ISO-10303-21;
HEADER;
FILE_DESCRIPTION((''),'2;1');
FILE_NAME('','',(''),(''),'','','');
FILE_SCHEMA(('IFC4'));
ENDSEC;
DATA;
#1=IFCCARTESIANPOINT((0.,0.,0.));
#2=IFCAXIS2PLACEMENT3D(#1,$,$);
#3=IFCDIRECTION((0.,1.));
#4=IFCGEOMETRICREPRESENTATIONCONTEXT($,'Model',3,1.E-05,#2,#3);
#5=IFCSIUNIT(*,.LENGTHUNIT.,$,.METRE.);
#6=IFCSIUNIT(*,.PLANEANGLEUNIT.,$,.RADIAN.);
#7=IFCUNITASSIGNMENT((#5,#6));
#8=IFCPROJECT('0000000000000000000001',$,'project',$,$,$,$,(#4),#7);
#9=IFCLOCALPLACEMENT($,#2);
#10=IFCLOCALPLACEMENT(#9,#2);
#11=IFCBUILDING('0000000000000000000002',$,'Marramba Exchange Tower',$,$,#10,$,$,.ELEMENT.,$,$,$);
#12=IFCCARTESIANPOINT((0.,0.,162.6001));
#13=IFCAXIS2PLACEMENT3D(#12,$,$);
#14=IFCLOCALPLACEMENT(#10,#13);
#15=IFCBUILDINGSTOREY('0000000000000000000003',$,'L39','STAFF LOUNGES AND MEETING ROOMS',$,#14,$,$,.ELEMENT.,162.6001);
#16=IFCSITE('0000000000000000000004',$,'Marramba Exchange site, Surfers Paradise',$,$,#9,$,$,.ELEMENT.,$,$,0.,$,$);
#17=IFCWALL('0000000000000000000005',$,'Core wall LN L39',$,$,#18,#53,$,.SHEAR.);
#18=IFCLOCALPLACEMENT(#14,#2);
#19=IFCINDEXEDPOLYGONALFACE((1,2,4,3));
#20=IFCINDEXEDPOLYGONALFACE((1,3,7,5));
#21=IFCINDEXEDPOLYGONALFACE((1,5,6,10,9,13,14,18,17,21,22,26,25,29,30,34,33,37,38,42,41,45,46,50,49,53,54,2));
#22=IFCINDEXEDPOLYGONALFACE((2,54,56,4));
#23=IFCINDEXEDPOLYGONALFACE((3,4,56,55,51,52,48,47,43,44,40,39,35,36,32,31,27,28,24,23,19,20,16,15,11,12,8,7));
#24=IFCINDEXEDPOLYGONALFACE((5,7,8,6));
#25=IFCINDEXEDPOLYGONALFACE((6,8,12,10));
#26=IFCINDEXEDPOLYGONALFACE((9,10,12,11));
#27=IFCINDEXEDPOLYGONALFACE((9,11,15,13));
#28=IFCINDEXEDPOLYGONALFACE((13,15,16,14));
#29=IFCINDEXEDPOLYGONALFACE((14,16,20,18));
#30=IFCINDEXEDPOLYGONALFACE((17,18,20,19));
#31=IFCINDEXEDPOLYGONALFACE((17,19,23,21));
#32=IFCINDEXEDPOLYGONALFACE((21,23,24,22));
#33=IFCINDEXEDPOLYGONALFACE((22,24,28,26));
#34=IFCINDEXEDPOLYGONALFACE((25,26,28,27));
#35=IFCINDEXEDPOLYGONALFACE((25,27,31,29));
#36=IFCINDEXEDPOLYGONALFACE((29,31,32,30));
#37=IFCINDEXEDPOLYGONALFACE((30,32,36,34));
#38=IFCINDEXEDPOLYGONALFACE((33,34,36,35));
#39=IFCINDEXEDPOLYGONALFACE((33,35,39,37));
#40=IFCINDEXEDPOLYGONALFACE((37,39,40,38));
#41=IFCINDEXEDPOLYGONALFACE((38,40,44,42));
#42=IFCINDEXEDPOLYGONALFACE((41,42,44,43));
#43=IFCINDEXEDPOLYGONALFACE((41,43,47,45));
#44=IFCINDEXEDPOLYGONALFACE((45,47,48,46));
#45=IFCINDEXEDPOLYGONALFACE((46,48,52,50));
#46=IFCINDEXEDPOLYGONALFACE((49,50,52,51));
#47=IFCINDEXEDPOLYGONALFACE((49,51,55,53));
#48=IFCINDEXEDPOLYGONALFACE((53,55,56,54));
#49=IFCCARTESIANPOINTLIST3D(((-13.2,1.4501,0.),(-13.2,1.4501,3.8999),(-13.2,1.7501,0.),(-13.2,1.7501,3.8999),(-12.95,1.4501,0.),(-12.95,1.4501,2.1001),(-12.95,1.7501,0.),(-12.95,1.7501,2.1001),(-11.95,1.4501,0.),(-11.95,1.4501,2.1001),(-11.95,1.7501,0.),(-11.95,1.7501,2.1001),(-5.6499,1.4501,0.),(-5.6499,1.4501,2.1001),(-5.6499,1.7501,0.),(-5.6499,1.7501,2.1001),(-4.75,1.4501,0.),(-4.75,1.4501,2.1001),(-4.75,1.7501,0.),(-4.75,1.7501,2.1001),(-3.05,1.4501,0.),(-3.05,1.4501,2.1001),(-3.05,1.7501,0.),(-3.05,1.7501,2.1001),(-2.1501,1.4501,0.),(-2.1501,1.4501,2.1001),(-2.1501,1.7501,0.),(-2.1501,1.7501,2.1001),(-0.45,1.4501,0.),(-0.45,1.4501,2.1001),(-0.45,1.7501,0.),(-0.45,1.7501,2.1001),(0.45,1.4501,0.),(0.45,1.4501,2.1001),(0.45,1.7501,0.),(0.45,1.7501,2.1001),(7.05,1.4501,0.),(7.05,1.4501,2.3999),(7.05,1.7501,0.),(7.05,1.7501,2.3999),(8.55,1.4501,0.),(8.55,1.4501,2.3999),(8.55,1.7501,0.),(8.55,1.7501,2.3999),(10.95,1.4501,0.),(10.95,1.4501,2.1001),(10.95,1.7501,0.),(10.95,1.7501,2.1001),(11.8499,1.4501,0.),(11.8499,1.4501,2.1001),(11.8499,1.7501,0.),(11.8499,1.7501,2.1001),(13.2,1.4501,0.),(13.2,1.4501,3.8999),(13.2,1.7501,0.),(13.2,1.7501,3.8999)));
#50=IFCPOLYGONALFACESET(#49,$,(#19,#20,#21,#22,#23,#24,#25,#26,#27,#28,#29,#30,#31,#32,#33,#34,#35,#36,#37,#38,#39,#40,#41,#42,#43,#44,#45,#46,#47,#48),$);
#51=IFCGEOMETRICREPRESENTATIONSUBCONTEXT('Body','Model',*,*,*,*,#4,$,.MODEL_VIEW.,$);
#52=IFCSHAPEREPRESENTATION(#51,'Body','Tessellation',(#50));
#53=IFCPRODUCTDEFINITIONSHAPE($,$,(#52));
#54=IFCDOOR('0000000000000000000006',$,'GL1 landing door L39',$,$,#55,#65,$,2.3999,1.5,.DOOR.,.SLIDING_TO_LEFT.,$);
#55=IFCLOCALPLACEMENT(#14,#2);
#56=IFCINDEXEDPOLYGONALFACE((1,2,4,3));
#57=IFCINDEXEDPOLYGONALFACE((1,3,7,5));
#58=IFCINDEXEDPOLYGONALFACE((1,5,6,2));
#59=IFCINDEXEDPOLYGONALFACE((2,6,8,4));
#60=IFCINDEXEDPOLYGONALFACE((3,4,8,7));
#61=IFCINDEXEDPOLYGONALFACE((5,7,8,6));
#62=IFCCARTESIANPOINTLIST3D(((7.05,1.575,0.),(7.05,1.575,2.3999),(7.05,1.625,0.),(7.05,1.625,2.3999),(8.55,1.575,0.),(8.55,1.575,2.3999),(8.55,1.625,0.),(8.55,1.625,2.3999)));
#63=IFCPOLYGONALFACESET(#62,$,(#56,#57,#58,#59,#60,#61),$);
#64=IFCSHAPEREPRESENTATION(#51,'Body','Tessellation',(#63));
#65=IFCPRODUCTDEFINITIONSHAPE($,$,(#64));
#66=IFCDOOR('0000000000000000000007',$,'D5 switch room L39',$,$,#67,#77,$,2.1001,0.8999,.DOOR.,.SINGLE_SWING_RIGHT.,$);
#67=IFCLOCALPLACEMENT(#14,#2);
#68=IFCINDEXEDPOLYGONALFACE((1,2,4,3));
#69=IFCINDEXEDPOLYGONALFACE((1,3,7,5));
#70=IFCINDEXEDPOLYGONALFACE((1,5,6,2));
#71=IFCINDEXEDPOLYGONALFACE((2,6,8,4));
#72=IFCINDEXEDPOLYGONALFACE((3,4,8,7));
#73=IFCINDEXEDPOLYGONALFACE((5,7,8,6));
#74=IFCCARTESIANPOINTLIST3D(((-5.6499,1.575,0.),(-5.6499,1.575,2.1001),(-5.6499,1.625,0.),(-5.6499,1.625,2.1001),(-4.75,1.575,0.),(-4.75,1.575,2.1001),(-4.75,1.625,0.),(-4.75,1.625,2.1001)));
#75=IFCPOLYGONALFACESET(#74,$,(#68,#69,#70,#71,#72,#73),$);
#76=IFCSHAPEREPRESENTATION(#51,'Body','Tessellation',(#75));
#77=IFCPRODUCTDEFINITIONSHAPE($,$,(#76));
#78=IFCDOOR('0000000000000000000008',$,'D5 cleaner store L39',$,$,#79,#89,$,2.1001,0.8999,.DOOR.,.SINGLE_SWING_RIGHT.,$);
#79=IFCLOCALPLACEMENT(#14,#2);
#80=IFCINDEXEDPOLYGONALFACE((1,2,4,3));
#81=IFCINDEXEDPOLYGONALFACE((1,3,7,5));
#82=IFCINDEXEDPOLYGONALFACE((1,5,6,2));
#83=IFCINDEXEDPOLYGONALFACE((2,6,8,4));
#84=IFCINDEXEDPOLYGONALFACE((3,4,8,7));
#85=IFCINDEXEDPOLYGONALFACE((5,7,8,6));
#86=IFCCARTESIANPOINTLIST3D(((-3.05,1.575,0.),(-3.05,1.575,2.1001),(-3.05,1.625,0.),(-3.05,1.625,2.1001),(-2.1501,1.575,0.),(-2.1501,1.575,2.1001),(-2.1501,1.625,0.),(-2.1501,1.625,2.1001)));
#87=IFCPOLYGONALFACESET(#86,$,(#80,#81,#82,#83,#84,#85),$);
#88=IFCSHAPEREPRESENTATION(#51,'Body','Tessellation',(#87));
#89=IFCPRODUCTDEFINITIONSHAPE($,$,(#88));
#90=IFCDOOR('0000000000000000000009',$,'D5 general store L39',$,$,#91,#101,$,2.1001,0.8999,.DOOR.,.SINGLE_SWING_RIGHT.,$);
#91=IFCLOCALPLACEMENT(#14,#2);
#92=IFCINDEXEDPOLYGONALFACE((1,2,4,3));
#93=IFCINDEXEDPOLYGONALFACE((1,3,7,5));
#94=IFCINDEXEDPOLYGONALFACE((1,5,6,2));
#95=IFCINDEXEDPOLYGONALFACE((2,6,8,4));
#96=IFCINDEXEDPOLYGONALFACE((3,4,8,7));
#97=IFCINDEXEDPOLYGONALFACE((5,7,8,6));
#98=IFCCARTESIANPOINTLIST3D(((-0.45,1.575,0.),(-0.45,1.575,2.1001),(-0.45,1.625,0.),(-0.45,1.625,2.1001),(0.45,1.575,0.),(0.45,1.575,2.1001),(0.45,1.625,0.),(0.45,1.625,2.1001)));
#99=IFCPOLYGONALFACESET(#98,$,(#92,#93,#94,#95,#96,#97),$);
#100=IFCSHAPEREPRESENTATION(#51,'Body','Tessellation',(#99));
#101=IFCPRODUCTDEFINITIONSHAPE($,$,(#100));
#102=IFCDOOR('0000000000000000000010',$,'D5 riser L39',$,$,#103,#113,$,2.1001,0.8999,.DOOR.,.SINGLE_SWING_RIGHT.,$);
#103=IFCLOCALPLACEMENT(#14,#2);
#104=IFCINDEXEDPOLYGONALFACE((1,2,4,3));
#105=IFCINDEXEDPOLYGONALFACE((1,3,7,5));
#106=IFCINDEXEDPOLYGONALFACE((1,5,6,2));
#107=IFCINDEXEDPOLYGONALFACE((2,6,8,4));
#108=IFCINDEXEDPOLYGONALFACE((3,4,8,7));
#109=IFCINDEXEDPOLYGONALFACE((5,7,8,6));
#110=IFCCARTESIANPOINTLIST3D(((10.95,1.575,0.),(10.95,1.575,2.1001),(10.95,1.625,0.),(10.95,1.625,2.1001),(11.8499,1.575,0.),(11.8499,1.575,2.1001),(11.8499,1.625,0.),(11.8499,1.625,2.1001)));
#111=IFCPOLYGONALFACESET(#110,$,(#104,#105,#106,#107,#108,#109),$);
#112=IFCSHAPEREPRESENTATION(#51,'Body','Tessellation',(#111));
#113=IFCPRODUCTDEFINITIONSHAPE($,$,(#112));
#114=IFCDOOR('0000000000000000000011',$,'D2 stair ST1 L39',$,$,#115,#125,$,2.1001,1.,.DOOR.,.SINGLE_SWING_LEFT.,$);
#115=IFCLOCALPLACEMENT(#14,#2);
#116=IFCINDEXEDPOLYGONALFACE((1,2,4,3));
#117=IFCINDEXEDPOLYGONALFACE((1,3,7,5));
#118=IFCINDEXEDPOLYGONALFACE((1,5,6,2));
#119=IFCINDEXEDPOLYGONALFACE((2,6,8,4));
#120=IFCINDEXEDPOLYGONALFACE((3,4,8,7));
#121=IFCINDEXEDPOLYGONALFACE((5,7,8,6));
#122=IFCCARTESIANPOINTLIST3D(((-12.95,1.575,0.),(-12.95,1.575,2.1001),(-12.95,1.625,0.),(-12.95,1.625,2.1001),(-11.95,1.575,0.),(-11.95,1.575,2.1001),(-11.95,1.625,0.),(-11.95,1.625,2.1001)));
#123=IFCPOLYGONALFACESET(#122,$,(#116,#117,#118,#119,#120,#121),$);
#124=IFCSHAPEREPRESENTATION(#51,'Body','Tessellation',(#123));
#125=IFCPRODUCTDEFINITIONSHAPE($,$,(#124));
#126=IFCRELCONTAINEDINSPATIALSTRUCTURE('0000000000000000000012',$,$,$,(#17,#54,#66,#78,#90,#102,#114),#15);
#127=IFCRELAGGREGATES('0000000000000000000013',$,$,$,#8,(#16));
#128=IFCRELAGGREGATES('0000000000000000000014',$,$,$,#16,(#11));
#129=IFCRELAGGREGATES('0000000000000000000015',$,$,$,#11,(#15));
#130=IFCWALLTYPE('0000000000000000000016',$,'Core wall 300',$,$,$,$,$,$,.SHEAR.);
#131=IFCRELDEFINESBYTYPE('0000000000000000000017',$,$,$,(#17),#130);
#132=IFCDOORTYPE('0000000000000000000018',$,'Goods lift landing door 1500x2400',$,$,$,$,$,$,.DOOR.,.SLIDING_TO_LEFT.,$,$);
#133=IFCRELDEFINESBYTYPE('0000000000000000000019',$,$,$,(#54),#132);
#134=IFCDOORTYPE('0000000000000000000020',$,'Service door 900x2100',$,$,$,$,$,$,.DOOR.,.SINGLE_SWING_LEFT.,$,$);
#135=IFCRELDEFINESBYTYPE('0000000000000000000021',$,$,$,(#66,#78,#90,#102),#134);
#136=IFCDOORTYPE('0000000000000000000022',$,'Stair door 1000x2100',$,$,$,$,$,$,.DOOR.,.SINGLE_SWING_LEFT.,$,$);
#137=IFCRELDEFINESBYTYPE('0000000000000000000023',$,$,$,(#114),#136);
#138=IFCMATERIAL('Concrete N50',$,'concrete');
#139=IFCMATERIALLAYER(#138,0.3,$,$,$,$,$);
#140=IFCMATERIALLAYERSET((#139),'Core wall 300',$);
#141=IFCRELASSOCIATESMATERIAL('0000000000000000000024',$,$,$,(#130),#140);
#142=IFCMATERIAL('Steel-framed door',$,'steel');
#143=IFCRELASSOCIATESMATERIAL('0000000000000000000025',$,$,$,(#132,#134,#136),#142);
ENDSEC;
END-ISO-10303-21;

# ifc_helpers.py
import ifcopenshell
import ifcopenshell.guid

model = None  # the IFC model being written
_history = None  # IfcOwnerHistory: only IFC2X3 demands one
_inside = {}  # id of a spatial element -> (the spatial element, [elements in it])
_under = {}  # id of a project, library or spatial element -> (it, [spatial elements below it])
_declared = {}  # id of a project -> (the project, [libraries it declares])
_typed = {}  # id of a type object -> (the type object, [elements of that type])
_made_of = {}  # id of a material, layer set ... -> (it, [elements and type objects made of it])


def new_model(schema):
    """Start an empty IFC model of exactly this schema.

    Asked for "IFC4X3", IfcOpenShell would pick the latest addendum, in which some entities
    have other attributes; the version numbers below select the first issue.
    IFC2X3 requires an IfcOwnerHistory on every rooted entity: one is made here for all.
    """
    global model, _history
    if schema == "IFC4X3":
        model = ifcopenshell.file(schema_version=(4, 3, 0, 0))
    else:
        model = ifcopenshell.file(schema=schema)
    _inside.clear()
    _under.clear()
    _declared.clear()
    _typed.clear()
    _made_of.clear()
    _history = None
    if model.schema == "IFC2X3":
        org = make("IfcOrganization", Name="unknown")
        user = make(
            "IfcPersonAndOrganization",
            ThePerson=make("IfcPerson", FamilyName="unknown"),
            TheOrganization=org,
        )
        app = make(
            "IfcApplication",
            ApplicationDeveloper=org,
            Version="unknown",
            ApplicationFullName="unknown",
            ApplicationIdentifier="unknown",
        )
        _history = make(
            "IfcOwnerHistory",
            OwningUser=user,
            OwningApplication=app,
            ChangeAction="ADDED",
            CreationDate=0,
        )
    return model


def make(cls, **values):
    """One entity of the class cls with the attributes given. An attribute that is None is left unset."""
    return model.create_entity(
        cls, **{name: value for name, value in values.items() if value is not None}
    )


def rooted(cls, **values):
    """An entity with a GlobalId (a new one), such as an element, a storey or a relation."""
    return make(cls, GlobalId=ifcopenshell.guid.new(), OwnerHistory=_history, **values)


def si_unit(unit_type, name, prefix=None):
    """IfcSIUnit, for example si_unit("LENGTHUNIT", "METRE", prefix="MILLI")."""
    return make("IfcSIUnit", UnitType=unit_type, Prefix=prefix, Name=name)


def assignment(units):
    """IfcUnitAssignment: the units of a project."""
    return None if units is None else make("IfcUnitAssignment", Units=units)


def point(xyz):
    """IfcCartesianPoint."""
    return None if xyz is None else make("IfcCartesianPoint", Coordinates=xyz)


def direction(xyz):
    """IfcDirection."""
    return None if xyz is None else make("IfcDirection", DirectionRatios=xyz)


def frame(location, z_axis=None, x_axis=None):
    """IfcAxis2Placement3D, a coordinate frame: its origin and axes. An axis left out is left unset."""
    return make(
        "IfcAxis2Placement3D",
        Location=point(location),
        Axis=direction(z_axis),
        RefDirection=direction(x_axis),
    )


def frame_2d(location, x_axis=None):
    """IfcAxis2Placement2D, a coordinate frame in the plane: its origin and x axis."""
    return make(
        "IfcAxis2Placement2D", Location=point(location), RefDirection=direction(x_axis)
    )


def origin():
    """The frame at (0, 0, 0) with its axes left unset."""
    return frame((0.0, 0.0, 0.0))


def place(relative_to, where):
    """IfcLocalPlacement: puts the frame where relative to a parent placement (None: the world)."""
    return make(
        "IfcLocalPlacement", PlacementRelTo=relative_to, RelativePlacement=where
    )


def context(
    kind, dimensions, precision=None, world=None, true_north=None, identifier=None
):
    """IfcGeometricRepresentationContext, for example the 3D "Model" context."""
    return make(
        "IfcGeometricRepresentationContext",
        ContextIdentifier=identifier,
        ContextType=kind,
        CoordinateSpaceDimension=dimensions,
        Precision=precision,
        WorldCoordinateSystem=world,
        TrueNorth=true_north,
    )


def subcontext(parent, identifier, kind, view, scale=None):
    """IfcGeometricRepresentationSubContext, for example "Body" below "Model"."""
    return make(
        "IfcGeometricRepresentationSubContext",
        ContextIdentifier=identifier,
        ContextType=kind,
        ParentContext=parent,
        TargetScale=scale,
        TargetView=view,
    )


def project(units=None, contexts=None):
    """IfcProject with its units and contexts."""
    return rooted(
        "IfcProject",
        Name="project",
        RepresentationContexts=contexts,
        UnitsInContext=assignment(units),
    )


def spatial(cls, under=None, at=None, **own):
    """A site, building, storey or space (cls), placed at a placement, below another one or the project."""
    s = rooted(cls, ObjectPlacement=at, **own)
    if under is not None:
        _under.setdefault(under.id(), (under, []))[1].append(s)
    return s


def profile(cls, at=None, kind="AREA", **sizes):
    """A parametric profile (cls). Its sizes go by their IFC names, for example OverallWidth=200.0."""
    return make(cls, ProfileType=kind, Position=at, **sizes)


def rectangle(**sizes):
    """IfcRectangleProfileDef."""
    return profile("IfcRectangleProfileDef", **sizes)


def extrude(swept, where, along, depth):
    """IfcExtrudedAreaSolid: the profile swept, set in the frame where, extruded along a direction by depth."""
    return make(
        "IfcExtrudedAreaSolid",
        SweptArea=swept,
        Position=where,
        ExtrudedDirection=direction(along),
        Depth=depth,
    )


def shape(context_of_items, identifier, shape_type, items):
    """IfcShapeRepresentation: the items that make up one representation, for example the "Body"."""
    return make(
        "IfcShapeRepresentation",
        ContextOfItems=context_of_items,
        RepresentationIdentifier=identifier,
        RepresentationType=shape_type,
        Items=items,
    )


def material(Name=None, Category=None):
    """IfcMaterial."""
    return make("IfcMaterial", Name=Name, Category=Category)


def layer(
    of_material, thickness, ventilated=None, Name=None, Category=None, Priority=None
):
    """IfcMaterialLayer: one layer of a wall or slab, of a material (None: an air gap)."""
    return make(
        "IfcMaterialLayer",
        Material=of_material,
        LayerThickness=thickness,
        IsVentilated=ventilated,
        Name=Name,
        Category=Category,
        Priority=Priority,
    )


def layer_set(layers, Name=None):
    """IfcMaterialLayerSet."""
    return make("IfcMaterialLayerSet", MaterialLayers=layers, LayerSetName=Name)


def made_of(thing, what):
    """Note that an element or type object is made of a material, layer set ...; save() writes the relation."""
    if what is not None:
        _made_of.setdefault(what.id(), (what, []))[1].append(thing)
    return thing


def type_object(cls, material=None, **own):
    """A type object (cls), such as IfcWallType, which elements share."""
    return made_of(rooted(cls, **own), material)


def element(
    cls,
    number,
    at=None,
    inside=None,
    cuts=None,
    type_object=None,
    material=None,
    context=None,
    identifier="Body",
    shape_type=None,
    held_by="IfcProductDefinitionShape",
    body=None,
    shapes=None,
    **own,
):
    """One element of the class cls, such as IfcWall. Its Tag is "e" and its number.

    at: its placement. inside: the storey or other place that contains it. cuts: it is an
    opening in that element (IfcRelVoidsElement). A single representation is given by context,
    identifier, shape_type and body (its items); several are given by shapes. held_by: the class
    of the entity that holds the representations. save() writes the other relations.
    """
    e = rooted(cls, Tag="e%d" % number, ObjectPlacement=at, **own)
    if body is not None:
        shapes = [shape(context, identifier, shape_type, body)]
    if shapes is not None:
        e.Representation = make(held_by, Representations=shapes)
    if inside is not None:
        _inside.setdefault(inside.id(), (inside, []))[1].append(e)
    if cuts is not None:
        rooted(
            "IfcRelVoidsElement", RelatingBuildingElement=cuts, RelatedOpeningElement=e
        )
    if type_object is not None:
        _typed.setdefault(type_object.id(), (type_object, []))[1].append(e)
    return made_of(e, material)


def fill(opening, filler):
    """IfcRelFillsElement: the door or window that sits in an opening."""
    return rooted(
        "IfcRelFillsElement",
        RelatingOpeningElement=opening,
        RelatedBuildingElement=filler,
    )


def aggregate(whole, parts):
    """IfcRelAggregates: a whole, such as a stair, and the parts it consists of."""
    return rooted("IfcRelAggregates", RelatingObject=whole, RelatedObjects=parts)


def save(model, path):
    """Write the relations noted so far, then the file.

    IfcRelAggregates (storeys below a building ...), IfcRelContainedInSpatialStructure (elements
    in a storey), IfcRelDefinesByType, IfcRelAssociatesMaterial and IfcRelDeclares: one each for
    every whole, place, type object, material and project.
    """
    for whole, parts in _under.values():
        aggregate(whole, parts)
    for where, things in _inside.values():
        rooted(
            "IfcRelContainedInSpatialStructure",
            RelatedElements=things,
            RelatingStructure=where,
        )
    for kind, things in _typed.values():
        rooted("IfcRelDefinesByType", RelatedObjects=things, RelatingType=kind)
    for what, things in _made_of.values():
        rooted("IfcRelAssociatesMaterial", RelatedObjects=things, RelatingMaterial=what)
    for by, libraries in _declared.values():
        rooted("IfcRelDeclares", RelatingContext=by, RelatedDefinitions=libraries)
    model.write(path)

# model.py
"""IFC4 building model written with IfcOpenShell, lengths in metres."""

from ifc_helpers import new_model, si_unit, direction, frame, frame_2d, origin, place, context, subcontext, project, spatial, rectangle, extrude, material, layer, layer_set, type_object, element, fill, save


model = new_model("IFC4")

# Units and contexts
model_context = context("Model", 3, precision=1e-05, world=origin(), true_north=direction((0.0, 1.0)))
body_context = subcontext(model_context, "Body", "Model", "MODEL_VIEW")
ifc_project = project(units=[si_unit("LENGTHUNIT", "METRE"), si_unit("PLANEANGLEUNIT", "RADIAN")], contexts=[model_context])

# Site, building, storey
site_placement = place(None, origin())
site = spatial("IfcSite", under=ifc_project, at=site_placement, Name="Marramba Exchange site, Surfers Paradise", CompositionType="ELEMENT", RefElevation=0.0)
building_placement = place(site_placement, origin())
building = spatial("IfcBuilding", under=site, at=building_placement, Name="Marramba Exchange Tower", CompositionType="ELEMENT")
storey_placement = place(building_placement, frame((0.0, 0.0, 162.6001)))
storey = spatial("IfcBuildingStorey", under=building, at=storey_placement, Name="L39", Description="STAFF LOUNGES AND MEETING ROOMS", CompositionType="ELEMENT", Elevation=162.6001)

# Wall, openings, doors
ifc_material_1 = material(Name="Concrete N50", Category="concrete")
ifc_layer_1 = layer(ifc_material_1, 0.3)
ifc_layer_set_1 = layer_set([ifc_layer_1], Name="Core wall 300")
wall_type_1 = type_object("IfcWallType", Name="Core wall 300", PredefinedType="SHEAR", material=ifc_layer_set_1)
wall_1_placement = place(storey_placement, frame((-13.2, 1.6001, 0.0), z_axis=(0.0, 0.0, 1.0), x_axis=(1.0, 0.0, 0.0)))
wall_1 = element("IfcWall", 1, at=wall_1_placement, inside=storey, type_object=wall_type_1, Name="Core wall LN L39", PredefinedType="SHEAR", context=body_context, shape_type="SweptSolid", body=[
    extrude(rectangle(XDim=26.3999, YDim=0.3, at=frame_2d((13.2, 0.0))), origin(), (0.0, 0.0, 1.0), 3.8999),
])
opening_1_placement = place(wall_1_placement, frame((0.25, 0.0, 0.0)))
opening_1 = element("IfcOpeningElement", 2, at=opening_1_placement, cuts=wall_1, PredefinedType="OPENING", context=body_context, shape_type="SweptSolid", body=[
    extrude(rectangle(XDim=1.0, YDim=2.1001, at=frame_2d((0.5, 1.05))), frame((0.0, 0.1599, 0.0), z_axis=(0.0, -1.0, 0.0), x_axis=(1.0, 0.0, 0.0)), (0.0, 0.0, 1.0), 0.3201),
])
opening_2_placement = place(wall_1_placement, frame((20.25, 0.0, 0.0)))
opening_2 = element("IfcOpeningElement", 3, at=opening_2_placement, cuts=wall_1, PredefinedType="OPENING", context=body_context, shape_type="SweptSolid", body=[
    extrude(rectangle(XDim=1.5, YDim=2.3999, at=frame_2d((0.75, 1.2))), frame((0.0, 0.1599, 0.0), z_axis=(0.0, -1.0, 0.0), x_axis=(1.0, 0.0, 0.0)), (0.0, 0.0, 1.0), 0.3201),
])
opening_3_placement = place(wall_1_placement, frame((7.55, 0.0, 0.0)))
opening_3 = element("IfcOpeningElement", 4, at=opening_3_placement, cuts=wall_1, PredefinedType="OPENING", context=body_context, shape_type="SweptSolid", body=[
    extrude(rectangle(XDim=0.8999, YDim=2.1001, at=frame_2d((0.45, 1.05))), frame((0.0, 0.1599, 0.0), z_axis=(0.0, -1.0, 0.0), x_axis=(1.0, 0.0, 0.0)), (0.0, 0.0, 1.0), 0.3201),
])
opening_4_placement = place(wall_1_placement, frame((10.1499, 0.0, 0.0)))
opening_4 = element("IfcOpeningElement", 5, at=opening_4_placement, cuts=wall_1, PredefinedType="OPENING", context=body_context, shape_type="SweptSolid", body=[
    extrude(rectangle(XDim=0.8999, YDim=2.1001, at=frame_2d((0.45, 1.05))), frame((0.0, 0.1599, 0.0), z_axis=(0.0, -1.0, 0.0), x_axis=(1.0, 0.0, 0.0)), (0.0, 0.0, 1.0), 0.3201),
])
opening_5_placement = place(wall_1_placement, frame((12.75, 0.0, 0.0)))
opening_5 = element("IfcOpeningElement", 6, at=opening_5_placement, cuts=wall_1, PredefinedType="OPENING", context=body_context, shape_type="SweptSolid", body=[
    extrude(rectangle(XDim=0.8999, YDim=2.1001, at=frame_2d((0.45, 1.05))), frame((0.0, 0.1599, 0.0), z_axis=(0.0, -1.0, 0.0), x_axis=(1.0, 0.0, 0.0)), (0.0, 0.0, 1.0), 0.3201),
])
opening_6_placement = place(wall_1_placement, frame((24.1499, 0.0, 0.0)))
opening_6 = element("IfcOpeningElement", 7, at=opening_6_placement, cuts=wall_1, PredefinedType="OPENING", context=body_context, shape_type="SweptSolid", body=[
    extrude(rectangle(XDim=0.8999, YDim=2.1001, at=frame_2d((0.45, 1.05))), frame((0.0, 0.1599, 0.0), z_axis=(0.0, -1.0, 0.0), x_axis=(1.0, 0.0, 0.0)), (0.0, 0.0, 1.0), 0.3201),
])
ifc_material_2 = material(Name="Steel-framed door", Category="steel")
door_type_1 = type_object("IfcDoorType", Name="Goods lift landing door 1500x2400", OperationType="SLIDING_TO_LEFT", PredefinedType="DOOR", material=ifc_material_2)
door_1_placement = place(opening_2_placement, origin())
door_1 = element("IfcDoor", 8, at=door_1_placement, inside=storey, type_object=door_type_1, Name="GL1 landing door L39", OperationType="SLIDING_TO_LEFT", OverallHeight=2.3999, OverallWidth=1.5, PredefinedType="DOOR", context=body_context, shape_type="SweptSolid", body=[
    extrude(rectangle(XDim=1.5, YDim=2.3999, at=frame_2d((0.75, 1.2))), frame((0.0, 0.0249, 0.0), z_axis=(0.0, -1.0, 0.0), x_axis=(1.0, 0.0, 0.0)), (0.0, 0.0, 1.0), 0.05),
])
fill(opening_2, door_1)
door_type_2 = type_object("IfcDoorType", Name="Service door 900x2100", OperationType="SINGLE_SWING_LEFT", PredefinedType="DOOR", material=ifc_material_2)
door_2_placement = place(opening_3_placement, origin())
door_2 = element("IfcDoor", 9, at=door_2_placement, inside=storey, type_object=door_type_2, Name="D5 switch room L39", OperationType="SINGLE_SWING_RIGHT", OverallHeight=2.1001, OverallWidth=0.8999, PredefinedType="DOOR", context=body_context, shape_type="SweptSolid", body=[
    extrude(rectangle(XDim=0.8999, YDim=2.1001, at=frame_2d((0.45, 1.05))), frame((0.0, 0.0249, 0.0), z_axis=(0.0, -1.0, 0.0), x_axis=(1.0, 0.0, 0.0)), (0.0, 0.0, 1.0), 0.05),
])
fill(opening_3, door_2)
door_3_placement = place(opening_4_placement, origin())
door_3 = element("IfcDoor", 10, at=door_3_placement, inside=storey, type_object=door_type_2, Name="D5 cleaner store L39", OperationType="SINGLE_SWING_RIGHT", OverallHeight=2.1001, OverallWidth=0.8999, PredefinedType="DOOR", context=body_context, shape_type="SweptSolid", body=[
    extrude(rectangle(XDim=0.8999, YDim=2.1001, at=frame_2d((0.45, 1.05))), frame((0.0, 0.0249, 0.0), z_axis=(0.0, -1.0, 0.0), x_axis=(1.0, 0.0, 0.0)), (0.0, 0.0, 1.0), 0.05),
])
fill(opening_4, door_3)
door_4_placement = place(opening_5_placement, origin())
door_4 = element("IfcDoor", 11, at=door_4_placement, inside=storey, type_object=door_type_2, Name="D5 general store L39", OperationType="SINGLE_SWING_RIGHT", OverallHeight=2.1001, OverallWidth=0.8999, PredefinedType="DOOR", context=body_context, shape_type="SweptSolid", body=[
    extrude(rectangle(XDim=0.8999, YDim=2.1001, at=frame_2d((0.45, 1.05))), frame((0.0, 0.0249, 0.0), z_axis=(0.0, -1.0, 0.0), x_axis=(1.0, 0.0, 0.0)), (0.0, 0.0, 1.0), 0.05),
])
fill(opening_5, door_4)
door_5_placement = place(opening_6_placement, origin())
door_5 = element("IfcDoor", 12, at=door_5_placement, inside=storey, type_object=door_type_2, Name="D5 riser L39", OperationType="SINGLE_SWING_RIGHT", OverallHeight=2.1001, OverallWidth=0.8999, PredefinedType="DOOR", context=body_context, shape_type="SweptSolid", body=[
    extrude(rectangle(XDim=0.8999, YDim=2.1001, at=frame_2d((0.45, 1.05))), frame((0.0, 0.0249, 0.0), z_axis=(0.0, -1.0, 0.0), x_axis=(1.0, 0.0, 0.0)), (0.0, 0.0, 1.0), 0.05),
])
fill(opening_6, door_5)
door_type_3 = type_object("IfcDoorType", Name="Stair door 1000x2100", OperationType="SINGLE_SWING_LEFT", PredefinedType="DOOR", material=ifc_material_2)
door_6_placement = place(opening_1_placement, origin())
door_6 = element("IfcDoor", 13, at=door_6_placement, inside=storey, type_object=door_type_3, Name="D2 stair ST1 L39", OperationType="SINGLE_SWING_LEFT", OverallHeight=2.1001, OverallWidth=1.0, PredefinedType="DOOR", context=body_context, shape_type="SweptSolid", body=[
    extrude(rectangle(XDim=1.0, YDim=2.1001, at=frame_2d((0.5, 1.05))), frame((0.0, 0.0249, 0.0), z_axis=(0.0, -1.0, 0.0), x_axis=(1.0, 0.0, 0.0)), (0.0, 0.0, 1.0), 0.05),
])
fill(opening_1, door_6)

save(model, "model.ifc")
